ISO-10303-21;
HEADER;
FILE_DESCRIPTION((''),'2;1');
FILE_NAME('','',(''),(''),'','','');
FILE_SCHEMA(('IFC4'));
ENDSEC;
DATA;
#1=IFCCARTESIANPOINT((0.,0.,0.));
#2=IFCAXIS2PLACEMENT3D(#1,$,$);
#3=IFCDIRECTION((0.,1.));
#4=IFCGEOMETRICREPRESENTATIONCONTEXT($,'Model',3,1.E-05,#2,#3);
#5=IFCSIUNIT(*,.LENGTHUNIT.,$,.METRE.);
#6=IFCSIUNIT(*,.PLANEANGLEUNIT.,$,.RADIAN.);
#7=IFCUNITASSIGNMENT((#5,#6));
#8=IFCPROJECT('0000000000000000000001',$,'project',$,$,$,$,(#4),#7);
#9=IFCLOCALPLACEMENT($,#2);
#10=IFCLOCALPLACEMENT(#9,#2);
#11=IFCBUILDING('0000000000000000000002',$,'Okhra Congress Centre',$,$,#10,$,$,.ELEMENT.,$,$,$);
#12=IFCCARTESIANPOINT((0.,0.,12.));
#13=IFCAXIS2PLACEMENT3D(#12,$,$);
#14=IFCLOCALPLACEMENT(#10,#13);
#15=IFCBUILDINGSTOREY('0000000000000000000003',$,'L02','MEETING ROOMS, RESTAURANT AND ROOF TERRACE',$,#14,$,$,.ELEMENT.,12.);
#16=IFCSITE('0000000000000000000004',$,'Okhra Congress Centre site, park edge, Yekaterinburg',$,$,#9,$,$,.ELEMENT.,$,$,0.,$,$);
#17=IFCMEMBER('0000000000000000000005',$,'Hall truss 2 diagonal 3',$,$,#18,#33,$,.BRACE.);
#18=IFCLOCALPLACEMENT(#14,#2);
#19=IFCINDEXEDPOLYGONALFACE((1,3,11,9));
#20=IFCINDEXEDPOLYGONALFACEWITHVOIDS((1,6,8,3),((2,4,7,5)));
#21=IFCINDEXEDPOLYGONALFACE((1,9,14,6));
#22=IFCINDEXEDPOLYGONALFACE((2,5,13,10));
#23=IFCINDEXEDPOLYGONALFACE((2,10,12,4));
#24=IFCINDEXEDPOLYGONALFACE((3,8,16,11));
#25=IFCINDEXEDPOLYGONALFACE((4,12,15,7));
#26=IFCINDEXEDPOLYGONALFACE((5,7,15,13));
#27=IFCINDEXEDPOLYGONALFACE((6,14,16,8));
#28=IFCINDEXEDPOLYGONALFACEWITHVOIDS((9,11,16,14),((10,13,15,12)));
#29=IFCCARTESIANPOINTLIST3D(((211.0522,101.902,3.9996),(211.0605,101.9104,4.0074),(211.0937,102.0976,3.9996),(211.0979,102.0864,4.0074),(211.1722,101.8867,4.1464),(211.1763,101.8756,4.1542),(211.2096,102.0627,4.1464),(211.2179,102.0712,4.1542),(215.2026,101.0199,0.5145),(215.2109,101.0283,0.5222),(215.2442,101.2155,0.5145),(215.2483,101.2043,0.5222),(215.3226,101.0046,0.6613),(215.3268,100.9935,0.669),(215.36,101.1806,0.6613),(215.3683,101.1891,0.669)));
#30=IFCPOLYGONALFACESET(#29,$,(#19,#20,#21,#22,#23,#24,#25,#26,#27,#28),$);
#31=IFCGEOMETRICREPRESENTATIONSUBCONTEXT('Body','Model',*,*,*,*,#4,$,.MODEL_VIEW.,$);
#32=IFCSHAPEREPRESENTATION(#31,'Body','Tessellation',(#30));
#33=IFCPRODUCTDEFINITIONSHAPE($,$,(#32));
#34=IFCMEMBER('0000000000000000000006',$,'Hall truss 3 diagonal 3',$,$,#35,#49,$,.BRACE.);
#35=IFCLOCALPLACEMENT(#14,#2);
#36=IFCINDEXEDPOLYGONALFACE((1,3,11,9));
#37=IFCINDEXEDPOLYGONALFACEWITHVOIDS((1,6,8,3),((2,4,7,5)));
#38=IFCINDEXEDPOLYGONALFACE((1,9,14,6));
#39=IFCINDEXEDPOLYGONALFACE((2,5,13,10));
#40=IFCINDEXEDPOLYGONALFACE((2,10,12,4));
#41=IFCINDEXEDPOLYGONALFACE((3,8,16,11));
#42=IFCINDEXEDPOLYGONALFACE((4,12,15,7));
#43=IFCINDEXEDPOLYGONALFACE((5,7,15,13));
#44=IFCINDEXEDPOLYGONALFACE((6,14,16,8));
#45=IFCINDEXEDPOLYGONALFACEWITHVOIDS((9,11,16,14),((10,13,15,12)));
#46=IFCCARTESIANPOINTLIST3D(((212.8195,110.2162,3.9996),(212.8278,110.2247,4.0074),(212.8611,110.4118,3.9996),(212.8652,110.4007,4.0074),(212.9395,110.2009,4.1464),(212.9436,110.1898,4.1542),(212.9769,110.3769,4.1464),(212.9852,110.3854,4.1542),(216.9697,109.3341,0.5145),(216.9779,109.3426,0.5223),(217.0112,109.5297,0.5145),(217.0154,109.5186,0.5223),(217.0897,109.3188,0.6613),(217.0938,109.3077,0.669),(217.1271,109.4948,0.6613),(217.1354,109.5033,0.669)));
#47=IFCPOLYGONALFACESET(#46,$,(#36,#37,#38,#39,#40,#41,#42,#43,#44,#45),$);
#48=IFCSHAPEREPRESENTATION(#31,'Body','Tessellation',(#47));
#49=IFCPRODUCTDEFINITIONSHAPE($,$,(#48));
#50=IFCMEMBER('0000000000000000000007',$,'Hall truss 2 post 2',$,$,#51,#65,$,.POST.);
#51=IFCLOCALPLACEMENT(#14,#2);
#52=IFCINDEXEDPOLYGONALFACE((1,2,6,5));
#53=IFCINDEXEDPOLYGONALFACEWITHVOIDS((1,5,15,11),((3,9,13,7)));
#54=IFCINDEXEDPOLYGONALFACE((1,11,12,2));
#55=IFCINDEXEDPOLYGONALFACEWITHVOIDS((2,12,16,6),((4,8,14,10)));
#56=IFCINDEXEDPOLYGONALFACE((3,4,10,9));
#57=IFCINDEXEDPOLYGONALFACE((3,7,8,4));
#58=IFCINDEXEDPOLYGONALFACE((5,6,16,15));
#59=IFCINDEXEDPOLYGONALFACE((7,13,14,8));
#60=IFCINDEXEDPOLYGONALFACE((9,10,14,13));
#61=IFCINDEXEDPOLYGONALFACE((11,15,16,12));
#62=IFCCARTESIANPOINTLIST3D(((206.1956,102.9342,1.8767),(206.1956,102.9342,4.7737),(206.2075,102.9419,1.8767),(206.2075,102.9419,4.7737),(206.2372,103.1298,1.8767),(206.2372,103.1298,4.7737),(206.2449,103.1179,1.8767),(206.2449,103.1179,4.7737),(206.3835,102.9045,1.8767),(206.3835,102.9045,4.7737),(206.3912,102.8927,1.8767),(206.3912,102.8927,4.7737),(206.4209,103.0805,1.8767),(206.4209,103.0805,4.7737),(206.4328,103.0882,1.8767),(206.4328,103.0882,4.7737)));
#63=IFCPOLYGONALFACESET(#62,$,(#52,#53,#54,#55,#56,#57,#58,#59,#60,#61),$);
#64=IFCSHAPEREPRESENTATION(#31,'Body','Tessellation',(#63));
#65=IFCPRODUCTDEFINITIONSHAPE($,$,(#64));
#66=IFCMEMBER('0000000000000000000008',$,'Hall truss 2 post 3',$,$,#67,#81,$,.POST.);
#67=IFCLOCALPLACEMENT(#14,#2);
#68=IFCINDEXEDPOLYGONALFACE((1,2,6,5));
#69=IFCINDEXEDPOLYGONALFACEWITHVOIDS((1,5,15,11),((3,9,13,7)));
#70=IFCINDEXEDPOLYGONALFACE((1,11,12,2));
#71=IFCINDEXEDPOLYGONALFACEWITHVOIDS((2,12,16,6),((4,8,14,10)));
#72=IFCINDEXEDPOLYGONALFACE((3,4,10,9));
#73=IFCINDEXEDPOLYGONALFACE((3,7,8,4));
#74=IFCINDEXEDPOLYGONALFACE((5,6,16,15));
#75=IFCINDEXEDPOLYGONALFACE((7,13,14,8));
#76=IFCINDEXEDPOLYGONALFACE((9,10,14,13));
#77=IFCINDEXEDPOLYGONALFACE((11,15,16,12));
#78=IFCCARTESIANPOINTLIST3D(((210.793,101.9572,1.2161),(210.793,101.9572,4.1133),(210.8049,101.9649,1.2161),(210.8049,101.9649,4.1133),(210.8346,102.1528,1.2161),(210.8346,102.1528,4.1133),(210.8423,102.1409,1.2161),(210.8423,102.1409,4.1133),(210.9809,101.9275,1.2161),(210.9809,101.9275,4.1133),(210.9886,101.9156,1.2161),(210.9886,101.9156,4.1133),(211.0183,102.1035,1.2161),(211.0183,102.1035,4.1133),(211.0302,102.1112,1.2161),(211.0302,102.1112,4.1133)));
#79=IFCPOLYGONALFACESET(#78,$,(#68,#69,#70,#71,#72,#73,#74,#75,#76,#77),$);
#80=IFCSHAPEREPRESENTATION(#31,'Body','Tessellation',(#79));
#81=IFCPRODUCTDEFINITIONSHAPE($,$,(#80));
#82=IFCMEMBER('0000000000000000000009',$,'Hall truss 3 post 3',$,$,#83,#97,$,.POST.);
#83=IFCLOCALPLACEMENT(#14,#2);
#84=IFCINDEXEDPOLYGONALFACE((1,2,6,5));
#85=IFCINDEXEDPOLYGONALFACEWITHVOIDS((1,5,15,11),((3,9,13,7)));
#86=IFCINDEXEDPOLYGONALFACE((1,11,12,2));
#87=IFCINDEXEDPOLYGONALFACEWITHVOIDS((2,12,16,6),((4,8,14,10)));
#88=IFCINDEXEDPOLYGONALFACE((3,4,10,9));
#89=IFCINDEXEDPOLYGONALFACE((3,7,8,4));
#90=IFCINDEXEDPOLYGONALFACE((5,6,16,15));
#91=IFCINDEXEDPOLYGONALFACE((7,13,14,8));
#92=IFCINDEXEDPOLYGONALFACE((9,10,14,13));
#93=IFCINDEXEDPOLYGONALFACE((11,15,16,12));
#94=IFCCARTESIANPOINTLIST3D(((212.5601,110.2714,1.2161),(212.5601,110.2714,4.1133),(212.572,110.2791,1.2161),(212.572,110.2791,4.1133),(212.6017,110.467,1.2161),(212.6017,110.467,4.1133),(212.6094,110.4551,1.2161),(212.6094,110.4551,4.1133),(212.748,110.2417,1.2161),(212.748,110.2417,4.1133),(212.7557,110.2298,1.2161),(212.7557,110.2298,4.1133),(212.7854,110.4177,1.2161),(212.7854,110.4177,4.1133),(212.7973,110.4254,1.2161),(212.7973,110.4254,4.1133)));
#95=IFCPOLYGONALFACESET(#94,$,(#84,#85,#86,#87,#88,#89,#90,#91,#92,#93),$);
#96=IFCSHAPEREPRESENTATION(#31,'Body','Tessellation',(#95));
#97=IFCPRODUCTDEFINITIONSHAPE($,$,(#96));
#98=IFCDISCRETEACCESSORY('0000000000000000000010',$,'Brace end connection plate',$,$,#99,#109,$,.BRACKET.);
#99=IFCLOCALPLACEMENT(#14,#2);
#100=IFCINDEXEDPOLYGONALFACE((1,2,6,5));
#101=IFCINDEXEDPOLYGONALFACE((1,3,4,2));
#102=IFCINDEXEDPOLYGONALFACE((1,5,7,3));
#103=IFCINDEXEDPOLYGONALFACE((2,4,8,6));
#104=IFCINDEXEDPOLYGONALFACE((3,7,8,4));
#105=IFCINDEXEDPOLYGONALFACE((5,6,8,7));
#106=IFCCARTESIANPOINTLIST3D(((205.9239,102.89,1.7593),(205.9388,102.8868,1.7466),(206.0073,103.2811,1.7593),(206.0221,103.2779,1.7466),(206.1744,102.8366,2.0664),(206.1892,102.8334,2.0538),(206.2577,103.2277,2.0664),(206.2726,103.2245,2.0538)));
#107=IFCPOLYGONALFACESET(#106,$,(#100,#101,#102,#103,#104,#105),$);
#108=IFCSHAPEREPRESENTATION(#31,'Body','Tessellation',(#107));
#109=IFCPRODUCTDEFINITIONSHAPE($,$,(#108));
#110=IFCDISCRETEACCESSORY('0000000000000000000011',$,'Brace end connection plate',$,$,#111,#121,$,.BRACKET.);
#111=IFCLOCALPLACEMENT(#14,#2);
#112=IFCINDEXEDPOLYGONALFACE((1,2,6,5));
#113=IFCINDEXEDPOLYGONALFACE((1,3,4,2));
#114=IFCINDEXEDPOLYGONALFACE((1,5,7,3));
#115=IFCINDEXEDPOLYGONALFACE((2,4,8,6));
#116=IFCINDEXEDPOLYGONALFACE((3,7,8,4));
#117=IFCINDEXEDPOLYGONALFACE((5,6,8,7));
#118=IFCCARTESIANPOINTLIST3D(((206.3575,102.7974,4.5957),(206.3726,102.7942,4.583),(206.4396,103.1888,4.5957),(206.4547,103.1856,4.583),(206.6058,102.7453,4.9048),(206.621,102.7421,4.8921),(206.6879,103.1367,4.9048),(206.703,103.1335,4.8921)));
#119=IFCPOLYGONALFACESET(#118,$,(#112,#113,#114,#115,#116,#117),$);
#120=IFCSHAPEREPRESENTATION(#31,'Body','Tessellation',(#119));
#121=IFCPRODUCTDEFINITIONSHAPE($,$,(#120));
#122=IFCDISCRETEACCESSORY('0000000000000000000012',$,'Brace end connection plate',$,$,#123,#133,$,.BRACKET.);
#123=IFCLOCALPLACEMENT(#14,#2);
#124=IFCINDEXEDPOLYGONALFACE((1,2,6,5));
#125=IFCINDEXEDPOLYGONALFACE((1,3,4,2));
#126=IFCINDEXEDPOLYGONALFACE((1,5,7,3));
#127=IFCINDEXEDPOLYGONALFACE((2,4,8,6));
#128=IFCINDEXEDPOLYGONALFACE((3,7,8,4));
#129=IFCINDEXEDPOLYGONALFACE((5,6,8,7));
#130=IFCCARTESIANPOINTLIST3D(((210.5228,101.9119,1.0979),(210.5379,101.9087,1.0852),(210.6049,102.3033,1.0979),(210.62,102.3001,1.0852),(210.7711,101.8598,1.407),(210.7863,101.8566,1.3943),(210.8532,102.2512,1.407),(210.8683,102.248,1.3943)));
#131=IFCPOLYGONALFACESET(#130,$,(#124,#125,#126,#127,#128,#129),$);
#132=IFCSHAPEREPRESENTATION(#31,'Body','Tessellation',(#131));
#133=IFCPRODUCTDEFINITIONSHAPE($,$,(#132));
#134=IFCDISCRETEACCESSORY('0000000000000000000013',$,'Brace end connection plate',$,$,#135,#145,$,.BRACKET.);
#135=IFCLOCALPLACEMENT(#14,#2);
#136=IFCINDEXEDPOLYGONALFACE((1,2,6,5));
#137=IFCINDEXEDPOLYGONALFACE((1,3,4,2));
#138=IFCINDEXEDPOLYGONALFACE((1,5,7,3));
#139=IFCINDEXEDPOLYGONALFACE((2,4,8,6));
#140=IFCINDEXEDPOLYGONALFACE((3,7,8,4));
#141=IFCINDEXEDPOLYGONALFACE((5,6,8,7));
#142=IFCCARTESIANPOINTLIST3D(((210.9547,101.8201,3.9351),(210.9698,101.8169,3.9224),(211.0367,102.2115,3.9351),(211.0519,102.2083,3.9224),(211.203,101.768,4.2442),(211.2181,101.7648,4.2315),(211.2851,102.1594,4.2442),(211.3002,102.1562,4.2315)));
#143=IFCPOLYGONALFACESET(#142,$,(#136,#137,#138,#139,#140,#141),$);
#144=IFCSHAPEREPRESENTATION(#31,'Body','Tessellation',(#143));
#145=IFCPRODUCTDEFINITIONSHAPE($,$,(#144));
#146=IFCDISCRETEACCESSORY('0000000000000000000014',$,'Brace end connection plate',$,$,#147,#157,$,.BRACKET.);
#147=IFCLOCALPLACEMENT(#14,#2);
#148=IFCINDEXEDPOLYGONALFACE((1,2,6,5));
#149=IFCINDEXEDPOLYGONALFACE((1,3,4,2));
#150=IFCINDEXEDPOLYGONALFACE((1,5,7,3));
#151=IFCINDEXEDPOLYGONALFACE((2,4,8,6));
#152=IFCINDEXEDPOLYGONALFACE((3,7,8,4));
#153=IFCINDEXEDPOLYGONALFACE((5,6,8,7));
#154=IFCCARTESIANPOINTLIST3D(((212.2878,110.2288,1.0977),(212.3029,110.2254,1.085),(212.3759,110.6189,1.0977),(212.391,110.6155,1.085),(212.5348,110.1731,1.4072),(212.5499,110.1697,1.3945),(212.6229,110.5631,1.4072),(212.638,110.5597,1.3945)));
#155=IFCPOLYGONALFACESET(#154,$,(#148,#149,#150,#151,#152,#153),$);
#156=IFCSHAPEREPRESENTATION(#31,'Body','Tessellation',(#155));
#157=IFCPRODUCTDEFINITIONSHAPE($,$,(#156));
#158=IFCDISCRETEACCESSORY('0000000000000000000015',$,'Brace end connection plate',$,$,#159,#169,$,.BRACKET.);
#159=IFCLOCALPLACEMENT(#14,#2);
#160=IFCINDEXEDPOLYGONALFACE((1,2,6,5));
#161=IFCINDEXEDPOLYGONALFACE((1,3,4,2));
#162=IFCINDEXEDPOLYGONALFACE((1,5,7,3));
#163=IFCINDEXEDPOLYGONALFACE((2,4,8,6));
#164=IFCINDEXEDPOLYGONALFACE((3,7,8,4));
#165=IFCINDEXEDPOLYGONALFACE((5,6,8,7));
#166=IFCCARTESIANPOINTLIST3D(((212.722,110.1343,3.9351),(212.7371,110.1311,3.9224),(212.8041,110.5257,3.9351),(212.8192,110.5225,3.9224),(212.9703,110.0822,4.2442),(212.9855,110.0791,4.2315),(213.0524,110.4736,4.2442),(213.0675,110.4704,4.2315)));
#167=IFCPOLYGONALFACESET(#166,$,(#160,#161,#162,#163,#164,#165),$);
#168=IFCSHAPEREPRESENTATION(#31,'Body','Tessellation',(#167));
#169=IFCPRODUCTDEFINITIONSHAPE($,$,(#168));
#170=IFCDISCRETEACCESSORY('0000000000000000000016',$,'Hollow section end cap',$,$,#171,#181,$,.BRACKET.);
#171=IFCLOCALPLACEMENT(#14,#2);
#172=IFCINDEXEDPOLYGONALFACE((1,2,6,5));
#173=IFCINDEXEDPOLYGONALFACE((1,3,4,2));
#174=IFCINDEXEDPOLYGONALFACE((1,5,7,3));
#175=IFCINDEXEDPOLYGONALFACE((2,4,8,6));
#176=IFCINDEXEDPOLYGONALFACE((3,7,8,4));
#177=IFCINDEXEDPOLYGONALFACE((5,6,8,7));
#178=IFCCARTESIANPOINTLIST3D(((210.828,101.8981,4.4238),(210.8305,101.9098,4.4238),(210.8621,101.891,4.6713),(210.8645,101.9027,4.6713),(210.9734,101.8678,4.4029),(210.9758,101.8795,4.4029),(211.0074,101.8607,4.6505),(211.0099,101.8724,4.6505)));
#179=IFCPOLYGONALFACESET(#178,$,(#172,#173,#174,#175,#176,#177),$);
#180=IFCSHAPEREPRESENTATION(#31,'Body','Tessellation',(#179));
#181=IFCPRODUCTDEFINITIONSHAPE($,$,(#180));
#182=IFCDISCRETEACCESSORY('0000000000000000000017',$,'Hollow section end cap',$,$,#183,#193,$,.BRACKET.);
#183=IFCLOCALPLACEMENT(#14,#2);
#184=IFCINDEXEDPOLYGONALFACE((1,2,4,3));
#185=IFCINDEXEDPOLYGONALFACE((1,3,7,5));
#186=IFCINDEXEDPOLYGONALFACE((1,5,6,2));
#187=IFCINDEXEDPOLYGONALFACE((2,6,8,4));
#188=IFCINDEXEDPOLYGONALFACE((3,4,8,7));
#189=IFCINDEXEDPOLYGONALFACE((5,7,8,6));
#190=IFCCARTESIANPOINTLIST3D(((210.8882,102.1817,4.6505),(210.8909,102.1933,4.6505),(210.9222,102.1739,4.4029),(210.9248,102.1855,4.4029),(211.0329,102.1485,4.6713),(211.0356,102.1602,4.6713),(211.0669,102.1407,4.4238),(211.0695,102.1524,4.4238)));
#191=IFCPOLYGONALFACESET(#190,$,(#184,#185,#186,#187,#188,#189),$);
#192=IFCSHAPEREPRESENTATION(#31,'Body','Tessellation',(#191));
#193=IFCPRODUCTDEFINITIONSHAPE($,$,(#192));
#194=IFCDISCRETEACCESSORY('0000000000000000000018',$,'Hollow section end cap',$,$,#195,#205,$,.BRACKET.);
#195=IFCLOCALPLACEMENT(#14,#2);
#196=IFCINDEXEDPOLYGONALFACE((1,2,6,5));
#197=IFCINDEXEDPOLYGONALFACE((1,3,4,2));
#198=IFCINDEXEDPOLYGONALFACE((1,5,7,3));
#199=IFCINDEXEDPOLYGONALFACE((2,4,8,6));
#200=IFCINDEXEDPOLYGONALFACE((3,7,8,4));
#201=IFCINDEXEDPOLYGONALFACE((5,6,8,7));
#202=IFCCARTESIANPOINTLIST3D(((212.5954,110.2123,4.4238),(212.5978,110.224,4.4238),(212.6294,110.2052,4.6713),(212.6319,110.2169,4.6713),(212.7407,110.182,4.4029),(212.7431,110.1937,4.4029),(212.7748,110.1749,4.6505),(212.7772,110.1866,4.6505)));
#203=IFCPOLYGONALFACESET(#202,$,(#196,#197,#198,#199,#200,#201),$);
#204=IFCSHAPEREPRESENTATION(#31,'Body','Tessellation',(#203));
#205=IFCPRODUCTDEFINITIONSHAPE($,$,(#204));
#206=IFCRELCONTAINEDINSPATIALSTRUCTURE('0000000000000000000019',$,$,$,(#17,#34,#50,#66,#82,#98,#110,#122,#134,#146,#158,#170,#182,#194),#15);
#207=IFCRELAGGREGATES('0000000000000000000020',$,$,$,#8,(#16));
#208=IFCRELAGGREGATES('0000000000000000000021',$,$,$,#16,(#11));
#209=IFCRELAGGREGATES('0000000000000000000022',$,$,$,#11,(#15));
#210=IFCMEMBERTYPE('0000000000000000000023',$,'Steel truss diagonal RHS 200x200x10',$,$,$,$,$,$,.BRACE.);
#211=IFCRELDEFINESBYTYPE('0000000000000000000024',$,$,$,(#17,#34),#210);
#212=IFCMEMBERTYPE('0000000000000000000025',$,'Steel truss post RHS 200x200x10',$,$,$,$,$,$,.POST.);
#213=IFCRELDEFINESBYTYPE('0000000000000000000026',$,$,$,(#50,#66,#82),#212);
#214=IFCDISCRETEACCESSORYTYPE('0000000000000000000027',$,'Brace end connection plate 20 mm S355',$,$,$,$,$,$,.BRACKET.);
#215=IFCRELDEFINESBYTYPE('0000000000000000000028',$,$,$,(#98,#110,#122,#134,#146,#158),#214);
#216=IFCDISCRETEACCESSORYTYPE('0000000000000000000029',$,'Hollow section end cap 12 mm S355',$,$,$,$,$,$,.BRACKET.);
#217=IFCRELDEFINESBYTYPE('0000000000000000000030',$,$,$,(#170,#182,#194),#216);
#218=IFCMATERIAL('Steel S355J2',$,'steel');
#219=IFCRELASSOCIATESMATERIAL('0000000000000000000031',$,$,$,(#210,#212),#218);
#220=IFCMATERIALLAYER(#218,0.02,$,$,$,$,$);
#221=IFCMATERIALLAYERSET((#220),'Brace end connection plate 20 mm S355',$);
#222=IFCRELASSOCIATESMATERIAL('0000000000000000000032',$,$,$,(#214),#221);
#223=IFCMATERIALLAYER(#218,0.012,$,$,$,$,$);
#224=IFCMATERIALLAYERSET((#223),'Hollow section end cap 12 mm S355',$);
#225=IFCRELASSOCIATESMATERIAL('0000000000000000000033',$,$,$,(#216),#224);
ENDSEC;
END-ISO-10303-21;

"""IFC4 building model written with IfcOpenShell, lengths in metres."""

from ifc_helpers import new_model, si_unit, direction, frame, origin, origin_2d, place, context, subcontext, project, spatial, rectangle, hollow_rectangle, extrude, material, layer, layer_set, material_profile, profile_set, type_object, element, save


model = new_model("IFC4")

# Units and contexts
model_context = context("Model", 3, precision=1e-05, world=origin(), true_north=direction((0.0, 1.0)))
body_context = subcontext(model_context, "Body", "Model", "MODEL_VIEW")
ifc_project = project(units=[si_unit("LENGTHUNIT", "METRE"), si_unit("PLANEANGLEUNIT", "RADIAN")], contexts=[model_context])

# Site, building, storey
site_placement = place(None, origin())
site = spatial("IfcSite", under=ifc_project, at=site_placement, Name="Okhra Congress Centre site, park edge, Yekaterinburg", CompositionType="ELEMENT", RefElevation=0.0)
building_placement = place(site_placement, origin())
building = spatial("IfcBuilding", under=site, at=building_placement, Name="Okhra Congress Centre", CompositionType="ELEMENT")
storey_placement = place(building_placement, frame((0.0, 0.0, 12.0)))
storey = spatial("IfcBuildingStorey", under=building, at=storey_placement, Name="L02", Description="MEETING ROOMS, RESTAURANT AND ROOF TERRACE", CompositionType="ELEMENT", Elevation=12.0)

# Members
ifc_material_1 = material(Name="Steel S355J2", Category="steel")
ifc_material_profile_1 = material_profile(ifc_material_1, hollow_rectangle(XDim=0.2, YDim=0.2, WallThickness=0.01, at=origin_2d()), Name="RHS 200x200x10 diagonal")
ifc_profile_set_1 = profile_set([ifc_material_profile_1], Name="Steel S355J2")
member_type_1 = type_object("IfcMemberType", Name="Steel truss diagonal RHS 200x200x10", PredefinedType="BRACE", material=ifc_profile_set_1)
member_1_placement = place(storey_placement, frame((211.135, 101.9866, 4.0769), z_axis=(0.75587, -0.160645, -0.634708), x_axis=(0.207886, 0.978153, 0.0)))
element("IfcMember", 1, at=member_1_placement, inside=storey, type_object=member_type_1, Name="Hall truss 2 diagonal 3", PredefinedType="BRACE", context=body_context, shape_type="SweptSolid", body=[
    extrude(hollow_rectangle(XDim=0.2, YDim=0.2, WallThickness=0.01, at=origin_2d()), origin(), (0.0, 0.0, 1.0), 5.491),
])
member_2_placement = place(storey_placement, frame((212.9023, 110.3008, 4.0769), z_axis=(0.755851, -0.16065, -0.634729), x_axis=(0.207898, 0.978151, 0.0)))
element("IfcMember", 2, at=member_2_placement, inside=storey, type_object=member_type_1, Name="Hall truss 3 diagonal 3", PredefinedType="BRACE", context=body_context, shape_type="SweptSolid", body=[
    extrude(hollow_rectangle(XDim=0.2, YDim=0.2, WallThickness=0.01, at=origin_2d()), origin(), (0.0, 0.0, 1.0), 5.4907),
])
ifc_material_profile_2 = material_profile(ifc_material_1, hollow_rectangle(XDim=0.2, YDim=0.2, WallThickness=0.01, at=origin_2d()), Name="RHS 200x200x10")
ifc_profile_set_2 = profile_set([ifc_material_profile_2], Name="Steel S355J2")
member_type_2 = type_object("IfcMemberType", Name="Steel truss post RHS 200x200x10", PredefinedType="POST", material=ifc_profile_set_2)
member_3_placement = place(storey_placement, frame((206.3142, 103.0112, 1.8767), z_axis=(0.0, 0.0, 1.0), x_axis=(0.978148, -0.207912, 0.0)))
element("IfcMember", 3, at=member_3_placement, inside=storey, type_object=member_type_2, Name="Hall truss 2 post 2", PredefinedType="POST", context=body_context, shape_type="SweptSolid", body=[
    extrude(hollow_rectangle(XDim=0.2, YDim=0.2, WallThickness=0.01, at=origin_2d()), origin(), (0.0, 0.0, 1.0), 2.897),
])
for number, where, z_axis, x_axis, name in (
    (4, (210.9116, 102.0342, 1.2161), (0.0, 0.0, 1.0), (0.978148, -0.207912, 0.0), "Hall truss 2 post 3"),
    (5, (212.6787, 110.3484, 1.2161), (0.0, 0.0, 1.0), (0.978148, -0.207912, 0.0), "Hall truss 3 post 3"),
):
    element("IfcMember", number, at=place(storey_placement, frame(where, z_axis=z_axis, x_axis=x_axis)), inside=storey, type_object=member_type_2, Name=name, PredefinedType="POST", context=body_context, shape_type="SweptSolid", body=[
        extrude(hollow_rectangle(XDim=0.2, YDim=0.2, WallThickness=0.01, at=origin_2d()), origin(), (0.0, 0.0, 1.0), 2.8972),
    ])

# Discrete accessories
ifc_layer_1 = layer(ifc_material_1, 0.02)
ifc_layer_set_1 = layer_set([ifc_layer_1], Name="Brace end connection plate 20 mm S355")
discrete_accessory_type_1 = type_object("IfcDiscreteAccessoryType", Name="Brace end connection plate 20 mm S355", PredefinedType="BRACKET", material=ifc_layer_set_1)
discrete_accessory_1_placement = place(storey_placement, frame((206.0908, 103.0588, 1.9128), z_axis=(0.7512, -0.160092, -0.640367), x_axis=(0.208434, 0.978036, 0.0)))
element("IfcDiscreteAccessory", 6, at=discrete_accessory_1_placement, inside=storey, type_object=discrete_accessory_type_1, Name="Brace end connection plate", PredefinedType="BRACKET", context=body_context, shape_type="SweptSolid", body=[
    extrude(rectangle(XDim=0.3999, YDim=0.3999, at=origin_2d()), origin(), (0.0, 0.0, 1.0), 0.0198),
])
for number, where, z_axis, x_axis, name in (
    (7, (206.5378, 102.9639, 4.7375), (-0.756491, 0.158619, 0.634477), (-0.205215, -0.978717, 0.0), "Brace end connection plate"),
    (8, (210.688, 102.0815, 1.2524), (0.756491, -0.158619, -0.634477), (0.205215, 0.978717, 0.0), "Brace end connection plate"),
    (9, (211.135, 101.9866, 4.0769), (-0.756491, 0.158619, 0.634477), (-0.205215, -0.978717, 0.0), "Brace end connection plate"),
    (10, (212.4553, 110.396, 1.2524), (0.754976, -0.170478, -0.633205), (0.220261, 0.975441, 0.0), "Brace end connection plate"),
    (11, (212.9023, 110.3008, 4.0769), (-0.756491, 0.158619, 0.634477), (-0.205215, -0.978717, 0.0), "Brace end connection plate"),
):
    element("IfcDiscreteAccessory", number, at=place(storey_placement, frame(where, z_axis=z_axis, x_axis=x_axis)), inside=storey, type_object=discrete_accessory_type_1, Name=name, PredefinedType="BRACKET", context=body_context, shape_type="SweptSolid", body=[
        extrude(rectangle(XDim=0.3999, YDim=0.3999, at=origin_2d()), origin(), (0.0, 0.0, 1.0), 0.02),
    ])
ifc_layer_2 = layer(ifc_material_1, 0.012)
ifc_layer_set_2 = layer_set([ifc_layer_2], Name="Hollow section end cap 12 mm S355")
discrete_accessory_type_2 = type_object("IfcDiscreteAccessoryType", Name="Hollow section end cap 12 mm S355", PredefinedType="BRACKET", material=ifc_layer_set_2)
for number, where, z_axis, x_axis, name in (
    (12, (210.9177, 101.8794, 4.5371), (0.203954, 0.97898, 0.0), (-0.969453, 0.201969, 0.139173), "Hollow section end cap"),
    (13, (210.9802, 102.1729, 4.5371), (-0.223376, -0.974732, 0.0), (0.965246, -0.221202, 0.139173), "Hollow section end cap"),
    (14, (212.6851, 110.1936, 4.5371), (0.203954, 0.97898, 0.0), (-0.969453, 0.201969, 0.139173), "Hollow section end cap"),
):
    element("IfcDiscreteAccessory", number, at=place(storey_placement, frame(where, z_axis=z_axis, x_axis=x_axis)), inside=storey, type_object=discrete_accessory_type_2, Name=name, PredefinedType="BRACKET", context=body_context, shape_type="SweptSolid", body=[
        extrude(rectangle(XDim=0.1499, YDim=0.25, at=origin_2d()), origin(), (0.0, 0.0, 1.0), 0.012),
    ])

save(model, "model.ifc")
